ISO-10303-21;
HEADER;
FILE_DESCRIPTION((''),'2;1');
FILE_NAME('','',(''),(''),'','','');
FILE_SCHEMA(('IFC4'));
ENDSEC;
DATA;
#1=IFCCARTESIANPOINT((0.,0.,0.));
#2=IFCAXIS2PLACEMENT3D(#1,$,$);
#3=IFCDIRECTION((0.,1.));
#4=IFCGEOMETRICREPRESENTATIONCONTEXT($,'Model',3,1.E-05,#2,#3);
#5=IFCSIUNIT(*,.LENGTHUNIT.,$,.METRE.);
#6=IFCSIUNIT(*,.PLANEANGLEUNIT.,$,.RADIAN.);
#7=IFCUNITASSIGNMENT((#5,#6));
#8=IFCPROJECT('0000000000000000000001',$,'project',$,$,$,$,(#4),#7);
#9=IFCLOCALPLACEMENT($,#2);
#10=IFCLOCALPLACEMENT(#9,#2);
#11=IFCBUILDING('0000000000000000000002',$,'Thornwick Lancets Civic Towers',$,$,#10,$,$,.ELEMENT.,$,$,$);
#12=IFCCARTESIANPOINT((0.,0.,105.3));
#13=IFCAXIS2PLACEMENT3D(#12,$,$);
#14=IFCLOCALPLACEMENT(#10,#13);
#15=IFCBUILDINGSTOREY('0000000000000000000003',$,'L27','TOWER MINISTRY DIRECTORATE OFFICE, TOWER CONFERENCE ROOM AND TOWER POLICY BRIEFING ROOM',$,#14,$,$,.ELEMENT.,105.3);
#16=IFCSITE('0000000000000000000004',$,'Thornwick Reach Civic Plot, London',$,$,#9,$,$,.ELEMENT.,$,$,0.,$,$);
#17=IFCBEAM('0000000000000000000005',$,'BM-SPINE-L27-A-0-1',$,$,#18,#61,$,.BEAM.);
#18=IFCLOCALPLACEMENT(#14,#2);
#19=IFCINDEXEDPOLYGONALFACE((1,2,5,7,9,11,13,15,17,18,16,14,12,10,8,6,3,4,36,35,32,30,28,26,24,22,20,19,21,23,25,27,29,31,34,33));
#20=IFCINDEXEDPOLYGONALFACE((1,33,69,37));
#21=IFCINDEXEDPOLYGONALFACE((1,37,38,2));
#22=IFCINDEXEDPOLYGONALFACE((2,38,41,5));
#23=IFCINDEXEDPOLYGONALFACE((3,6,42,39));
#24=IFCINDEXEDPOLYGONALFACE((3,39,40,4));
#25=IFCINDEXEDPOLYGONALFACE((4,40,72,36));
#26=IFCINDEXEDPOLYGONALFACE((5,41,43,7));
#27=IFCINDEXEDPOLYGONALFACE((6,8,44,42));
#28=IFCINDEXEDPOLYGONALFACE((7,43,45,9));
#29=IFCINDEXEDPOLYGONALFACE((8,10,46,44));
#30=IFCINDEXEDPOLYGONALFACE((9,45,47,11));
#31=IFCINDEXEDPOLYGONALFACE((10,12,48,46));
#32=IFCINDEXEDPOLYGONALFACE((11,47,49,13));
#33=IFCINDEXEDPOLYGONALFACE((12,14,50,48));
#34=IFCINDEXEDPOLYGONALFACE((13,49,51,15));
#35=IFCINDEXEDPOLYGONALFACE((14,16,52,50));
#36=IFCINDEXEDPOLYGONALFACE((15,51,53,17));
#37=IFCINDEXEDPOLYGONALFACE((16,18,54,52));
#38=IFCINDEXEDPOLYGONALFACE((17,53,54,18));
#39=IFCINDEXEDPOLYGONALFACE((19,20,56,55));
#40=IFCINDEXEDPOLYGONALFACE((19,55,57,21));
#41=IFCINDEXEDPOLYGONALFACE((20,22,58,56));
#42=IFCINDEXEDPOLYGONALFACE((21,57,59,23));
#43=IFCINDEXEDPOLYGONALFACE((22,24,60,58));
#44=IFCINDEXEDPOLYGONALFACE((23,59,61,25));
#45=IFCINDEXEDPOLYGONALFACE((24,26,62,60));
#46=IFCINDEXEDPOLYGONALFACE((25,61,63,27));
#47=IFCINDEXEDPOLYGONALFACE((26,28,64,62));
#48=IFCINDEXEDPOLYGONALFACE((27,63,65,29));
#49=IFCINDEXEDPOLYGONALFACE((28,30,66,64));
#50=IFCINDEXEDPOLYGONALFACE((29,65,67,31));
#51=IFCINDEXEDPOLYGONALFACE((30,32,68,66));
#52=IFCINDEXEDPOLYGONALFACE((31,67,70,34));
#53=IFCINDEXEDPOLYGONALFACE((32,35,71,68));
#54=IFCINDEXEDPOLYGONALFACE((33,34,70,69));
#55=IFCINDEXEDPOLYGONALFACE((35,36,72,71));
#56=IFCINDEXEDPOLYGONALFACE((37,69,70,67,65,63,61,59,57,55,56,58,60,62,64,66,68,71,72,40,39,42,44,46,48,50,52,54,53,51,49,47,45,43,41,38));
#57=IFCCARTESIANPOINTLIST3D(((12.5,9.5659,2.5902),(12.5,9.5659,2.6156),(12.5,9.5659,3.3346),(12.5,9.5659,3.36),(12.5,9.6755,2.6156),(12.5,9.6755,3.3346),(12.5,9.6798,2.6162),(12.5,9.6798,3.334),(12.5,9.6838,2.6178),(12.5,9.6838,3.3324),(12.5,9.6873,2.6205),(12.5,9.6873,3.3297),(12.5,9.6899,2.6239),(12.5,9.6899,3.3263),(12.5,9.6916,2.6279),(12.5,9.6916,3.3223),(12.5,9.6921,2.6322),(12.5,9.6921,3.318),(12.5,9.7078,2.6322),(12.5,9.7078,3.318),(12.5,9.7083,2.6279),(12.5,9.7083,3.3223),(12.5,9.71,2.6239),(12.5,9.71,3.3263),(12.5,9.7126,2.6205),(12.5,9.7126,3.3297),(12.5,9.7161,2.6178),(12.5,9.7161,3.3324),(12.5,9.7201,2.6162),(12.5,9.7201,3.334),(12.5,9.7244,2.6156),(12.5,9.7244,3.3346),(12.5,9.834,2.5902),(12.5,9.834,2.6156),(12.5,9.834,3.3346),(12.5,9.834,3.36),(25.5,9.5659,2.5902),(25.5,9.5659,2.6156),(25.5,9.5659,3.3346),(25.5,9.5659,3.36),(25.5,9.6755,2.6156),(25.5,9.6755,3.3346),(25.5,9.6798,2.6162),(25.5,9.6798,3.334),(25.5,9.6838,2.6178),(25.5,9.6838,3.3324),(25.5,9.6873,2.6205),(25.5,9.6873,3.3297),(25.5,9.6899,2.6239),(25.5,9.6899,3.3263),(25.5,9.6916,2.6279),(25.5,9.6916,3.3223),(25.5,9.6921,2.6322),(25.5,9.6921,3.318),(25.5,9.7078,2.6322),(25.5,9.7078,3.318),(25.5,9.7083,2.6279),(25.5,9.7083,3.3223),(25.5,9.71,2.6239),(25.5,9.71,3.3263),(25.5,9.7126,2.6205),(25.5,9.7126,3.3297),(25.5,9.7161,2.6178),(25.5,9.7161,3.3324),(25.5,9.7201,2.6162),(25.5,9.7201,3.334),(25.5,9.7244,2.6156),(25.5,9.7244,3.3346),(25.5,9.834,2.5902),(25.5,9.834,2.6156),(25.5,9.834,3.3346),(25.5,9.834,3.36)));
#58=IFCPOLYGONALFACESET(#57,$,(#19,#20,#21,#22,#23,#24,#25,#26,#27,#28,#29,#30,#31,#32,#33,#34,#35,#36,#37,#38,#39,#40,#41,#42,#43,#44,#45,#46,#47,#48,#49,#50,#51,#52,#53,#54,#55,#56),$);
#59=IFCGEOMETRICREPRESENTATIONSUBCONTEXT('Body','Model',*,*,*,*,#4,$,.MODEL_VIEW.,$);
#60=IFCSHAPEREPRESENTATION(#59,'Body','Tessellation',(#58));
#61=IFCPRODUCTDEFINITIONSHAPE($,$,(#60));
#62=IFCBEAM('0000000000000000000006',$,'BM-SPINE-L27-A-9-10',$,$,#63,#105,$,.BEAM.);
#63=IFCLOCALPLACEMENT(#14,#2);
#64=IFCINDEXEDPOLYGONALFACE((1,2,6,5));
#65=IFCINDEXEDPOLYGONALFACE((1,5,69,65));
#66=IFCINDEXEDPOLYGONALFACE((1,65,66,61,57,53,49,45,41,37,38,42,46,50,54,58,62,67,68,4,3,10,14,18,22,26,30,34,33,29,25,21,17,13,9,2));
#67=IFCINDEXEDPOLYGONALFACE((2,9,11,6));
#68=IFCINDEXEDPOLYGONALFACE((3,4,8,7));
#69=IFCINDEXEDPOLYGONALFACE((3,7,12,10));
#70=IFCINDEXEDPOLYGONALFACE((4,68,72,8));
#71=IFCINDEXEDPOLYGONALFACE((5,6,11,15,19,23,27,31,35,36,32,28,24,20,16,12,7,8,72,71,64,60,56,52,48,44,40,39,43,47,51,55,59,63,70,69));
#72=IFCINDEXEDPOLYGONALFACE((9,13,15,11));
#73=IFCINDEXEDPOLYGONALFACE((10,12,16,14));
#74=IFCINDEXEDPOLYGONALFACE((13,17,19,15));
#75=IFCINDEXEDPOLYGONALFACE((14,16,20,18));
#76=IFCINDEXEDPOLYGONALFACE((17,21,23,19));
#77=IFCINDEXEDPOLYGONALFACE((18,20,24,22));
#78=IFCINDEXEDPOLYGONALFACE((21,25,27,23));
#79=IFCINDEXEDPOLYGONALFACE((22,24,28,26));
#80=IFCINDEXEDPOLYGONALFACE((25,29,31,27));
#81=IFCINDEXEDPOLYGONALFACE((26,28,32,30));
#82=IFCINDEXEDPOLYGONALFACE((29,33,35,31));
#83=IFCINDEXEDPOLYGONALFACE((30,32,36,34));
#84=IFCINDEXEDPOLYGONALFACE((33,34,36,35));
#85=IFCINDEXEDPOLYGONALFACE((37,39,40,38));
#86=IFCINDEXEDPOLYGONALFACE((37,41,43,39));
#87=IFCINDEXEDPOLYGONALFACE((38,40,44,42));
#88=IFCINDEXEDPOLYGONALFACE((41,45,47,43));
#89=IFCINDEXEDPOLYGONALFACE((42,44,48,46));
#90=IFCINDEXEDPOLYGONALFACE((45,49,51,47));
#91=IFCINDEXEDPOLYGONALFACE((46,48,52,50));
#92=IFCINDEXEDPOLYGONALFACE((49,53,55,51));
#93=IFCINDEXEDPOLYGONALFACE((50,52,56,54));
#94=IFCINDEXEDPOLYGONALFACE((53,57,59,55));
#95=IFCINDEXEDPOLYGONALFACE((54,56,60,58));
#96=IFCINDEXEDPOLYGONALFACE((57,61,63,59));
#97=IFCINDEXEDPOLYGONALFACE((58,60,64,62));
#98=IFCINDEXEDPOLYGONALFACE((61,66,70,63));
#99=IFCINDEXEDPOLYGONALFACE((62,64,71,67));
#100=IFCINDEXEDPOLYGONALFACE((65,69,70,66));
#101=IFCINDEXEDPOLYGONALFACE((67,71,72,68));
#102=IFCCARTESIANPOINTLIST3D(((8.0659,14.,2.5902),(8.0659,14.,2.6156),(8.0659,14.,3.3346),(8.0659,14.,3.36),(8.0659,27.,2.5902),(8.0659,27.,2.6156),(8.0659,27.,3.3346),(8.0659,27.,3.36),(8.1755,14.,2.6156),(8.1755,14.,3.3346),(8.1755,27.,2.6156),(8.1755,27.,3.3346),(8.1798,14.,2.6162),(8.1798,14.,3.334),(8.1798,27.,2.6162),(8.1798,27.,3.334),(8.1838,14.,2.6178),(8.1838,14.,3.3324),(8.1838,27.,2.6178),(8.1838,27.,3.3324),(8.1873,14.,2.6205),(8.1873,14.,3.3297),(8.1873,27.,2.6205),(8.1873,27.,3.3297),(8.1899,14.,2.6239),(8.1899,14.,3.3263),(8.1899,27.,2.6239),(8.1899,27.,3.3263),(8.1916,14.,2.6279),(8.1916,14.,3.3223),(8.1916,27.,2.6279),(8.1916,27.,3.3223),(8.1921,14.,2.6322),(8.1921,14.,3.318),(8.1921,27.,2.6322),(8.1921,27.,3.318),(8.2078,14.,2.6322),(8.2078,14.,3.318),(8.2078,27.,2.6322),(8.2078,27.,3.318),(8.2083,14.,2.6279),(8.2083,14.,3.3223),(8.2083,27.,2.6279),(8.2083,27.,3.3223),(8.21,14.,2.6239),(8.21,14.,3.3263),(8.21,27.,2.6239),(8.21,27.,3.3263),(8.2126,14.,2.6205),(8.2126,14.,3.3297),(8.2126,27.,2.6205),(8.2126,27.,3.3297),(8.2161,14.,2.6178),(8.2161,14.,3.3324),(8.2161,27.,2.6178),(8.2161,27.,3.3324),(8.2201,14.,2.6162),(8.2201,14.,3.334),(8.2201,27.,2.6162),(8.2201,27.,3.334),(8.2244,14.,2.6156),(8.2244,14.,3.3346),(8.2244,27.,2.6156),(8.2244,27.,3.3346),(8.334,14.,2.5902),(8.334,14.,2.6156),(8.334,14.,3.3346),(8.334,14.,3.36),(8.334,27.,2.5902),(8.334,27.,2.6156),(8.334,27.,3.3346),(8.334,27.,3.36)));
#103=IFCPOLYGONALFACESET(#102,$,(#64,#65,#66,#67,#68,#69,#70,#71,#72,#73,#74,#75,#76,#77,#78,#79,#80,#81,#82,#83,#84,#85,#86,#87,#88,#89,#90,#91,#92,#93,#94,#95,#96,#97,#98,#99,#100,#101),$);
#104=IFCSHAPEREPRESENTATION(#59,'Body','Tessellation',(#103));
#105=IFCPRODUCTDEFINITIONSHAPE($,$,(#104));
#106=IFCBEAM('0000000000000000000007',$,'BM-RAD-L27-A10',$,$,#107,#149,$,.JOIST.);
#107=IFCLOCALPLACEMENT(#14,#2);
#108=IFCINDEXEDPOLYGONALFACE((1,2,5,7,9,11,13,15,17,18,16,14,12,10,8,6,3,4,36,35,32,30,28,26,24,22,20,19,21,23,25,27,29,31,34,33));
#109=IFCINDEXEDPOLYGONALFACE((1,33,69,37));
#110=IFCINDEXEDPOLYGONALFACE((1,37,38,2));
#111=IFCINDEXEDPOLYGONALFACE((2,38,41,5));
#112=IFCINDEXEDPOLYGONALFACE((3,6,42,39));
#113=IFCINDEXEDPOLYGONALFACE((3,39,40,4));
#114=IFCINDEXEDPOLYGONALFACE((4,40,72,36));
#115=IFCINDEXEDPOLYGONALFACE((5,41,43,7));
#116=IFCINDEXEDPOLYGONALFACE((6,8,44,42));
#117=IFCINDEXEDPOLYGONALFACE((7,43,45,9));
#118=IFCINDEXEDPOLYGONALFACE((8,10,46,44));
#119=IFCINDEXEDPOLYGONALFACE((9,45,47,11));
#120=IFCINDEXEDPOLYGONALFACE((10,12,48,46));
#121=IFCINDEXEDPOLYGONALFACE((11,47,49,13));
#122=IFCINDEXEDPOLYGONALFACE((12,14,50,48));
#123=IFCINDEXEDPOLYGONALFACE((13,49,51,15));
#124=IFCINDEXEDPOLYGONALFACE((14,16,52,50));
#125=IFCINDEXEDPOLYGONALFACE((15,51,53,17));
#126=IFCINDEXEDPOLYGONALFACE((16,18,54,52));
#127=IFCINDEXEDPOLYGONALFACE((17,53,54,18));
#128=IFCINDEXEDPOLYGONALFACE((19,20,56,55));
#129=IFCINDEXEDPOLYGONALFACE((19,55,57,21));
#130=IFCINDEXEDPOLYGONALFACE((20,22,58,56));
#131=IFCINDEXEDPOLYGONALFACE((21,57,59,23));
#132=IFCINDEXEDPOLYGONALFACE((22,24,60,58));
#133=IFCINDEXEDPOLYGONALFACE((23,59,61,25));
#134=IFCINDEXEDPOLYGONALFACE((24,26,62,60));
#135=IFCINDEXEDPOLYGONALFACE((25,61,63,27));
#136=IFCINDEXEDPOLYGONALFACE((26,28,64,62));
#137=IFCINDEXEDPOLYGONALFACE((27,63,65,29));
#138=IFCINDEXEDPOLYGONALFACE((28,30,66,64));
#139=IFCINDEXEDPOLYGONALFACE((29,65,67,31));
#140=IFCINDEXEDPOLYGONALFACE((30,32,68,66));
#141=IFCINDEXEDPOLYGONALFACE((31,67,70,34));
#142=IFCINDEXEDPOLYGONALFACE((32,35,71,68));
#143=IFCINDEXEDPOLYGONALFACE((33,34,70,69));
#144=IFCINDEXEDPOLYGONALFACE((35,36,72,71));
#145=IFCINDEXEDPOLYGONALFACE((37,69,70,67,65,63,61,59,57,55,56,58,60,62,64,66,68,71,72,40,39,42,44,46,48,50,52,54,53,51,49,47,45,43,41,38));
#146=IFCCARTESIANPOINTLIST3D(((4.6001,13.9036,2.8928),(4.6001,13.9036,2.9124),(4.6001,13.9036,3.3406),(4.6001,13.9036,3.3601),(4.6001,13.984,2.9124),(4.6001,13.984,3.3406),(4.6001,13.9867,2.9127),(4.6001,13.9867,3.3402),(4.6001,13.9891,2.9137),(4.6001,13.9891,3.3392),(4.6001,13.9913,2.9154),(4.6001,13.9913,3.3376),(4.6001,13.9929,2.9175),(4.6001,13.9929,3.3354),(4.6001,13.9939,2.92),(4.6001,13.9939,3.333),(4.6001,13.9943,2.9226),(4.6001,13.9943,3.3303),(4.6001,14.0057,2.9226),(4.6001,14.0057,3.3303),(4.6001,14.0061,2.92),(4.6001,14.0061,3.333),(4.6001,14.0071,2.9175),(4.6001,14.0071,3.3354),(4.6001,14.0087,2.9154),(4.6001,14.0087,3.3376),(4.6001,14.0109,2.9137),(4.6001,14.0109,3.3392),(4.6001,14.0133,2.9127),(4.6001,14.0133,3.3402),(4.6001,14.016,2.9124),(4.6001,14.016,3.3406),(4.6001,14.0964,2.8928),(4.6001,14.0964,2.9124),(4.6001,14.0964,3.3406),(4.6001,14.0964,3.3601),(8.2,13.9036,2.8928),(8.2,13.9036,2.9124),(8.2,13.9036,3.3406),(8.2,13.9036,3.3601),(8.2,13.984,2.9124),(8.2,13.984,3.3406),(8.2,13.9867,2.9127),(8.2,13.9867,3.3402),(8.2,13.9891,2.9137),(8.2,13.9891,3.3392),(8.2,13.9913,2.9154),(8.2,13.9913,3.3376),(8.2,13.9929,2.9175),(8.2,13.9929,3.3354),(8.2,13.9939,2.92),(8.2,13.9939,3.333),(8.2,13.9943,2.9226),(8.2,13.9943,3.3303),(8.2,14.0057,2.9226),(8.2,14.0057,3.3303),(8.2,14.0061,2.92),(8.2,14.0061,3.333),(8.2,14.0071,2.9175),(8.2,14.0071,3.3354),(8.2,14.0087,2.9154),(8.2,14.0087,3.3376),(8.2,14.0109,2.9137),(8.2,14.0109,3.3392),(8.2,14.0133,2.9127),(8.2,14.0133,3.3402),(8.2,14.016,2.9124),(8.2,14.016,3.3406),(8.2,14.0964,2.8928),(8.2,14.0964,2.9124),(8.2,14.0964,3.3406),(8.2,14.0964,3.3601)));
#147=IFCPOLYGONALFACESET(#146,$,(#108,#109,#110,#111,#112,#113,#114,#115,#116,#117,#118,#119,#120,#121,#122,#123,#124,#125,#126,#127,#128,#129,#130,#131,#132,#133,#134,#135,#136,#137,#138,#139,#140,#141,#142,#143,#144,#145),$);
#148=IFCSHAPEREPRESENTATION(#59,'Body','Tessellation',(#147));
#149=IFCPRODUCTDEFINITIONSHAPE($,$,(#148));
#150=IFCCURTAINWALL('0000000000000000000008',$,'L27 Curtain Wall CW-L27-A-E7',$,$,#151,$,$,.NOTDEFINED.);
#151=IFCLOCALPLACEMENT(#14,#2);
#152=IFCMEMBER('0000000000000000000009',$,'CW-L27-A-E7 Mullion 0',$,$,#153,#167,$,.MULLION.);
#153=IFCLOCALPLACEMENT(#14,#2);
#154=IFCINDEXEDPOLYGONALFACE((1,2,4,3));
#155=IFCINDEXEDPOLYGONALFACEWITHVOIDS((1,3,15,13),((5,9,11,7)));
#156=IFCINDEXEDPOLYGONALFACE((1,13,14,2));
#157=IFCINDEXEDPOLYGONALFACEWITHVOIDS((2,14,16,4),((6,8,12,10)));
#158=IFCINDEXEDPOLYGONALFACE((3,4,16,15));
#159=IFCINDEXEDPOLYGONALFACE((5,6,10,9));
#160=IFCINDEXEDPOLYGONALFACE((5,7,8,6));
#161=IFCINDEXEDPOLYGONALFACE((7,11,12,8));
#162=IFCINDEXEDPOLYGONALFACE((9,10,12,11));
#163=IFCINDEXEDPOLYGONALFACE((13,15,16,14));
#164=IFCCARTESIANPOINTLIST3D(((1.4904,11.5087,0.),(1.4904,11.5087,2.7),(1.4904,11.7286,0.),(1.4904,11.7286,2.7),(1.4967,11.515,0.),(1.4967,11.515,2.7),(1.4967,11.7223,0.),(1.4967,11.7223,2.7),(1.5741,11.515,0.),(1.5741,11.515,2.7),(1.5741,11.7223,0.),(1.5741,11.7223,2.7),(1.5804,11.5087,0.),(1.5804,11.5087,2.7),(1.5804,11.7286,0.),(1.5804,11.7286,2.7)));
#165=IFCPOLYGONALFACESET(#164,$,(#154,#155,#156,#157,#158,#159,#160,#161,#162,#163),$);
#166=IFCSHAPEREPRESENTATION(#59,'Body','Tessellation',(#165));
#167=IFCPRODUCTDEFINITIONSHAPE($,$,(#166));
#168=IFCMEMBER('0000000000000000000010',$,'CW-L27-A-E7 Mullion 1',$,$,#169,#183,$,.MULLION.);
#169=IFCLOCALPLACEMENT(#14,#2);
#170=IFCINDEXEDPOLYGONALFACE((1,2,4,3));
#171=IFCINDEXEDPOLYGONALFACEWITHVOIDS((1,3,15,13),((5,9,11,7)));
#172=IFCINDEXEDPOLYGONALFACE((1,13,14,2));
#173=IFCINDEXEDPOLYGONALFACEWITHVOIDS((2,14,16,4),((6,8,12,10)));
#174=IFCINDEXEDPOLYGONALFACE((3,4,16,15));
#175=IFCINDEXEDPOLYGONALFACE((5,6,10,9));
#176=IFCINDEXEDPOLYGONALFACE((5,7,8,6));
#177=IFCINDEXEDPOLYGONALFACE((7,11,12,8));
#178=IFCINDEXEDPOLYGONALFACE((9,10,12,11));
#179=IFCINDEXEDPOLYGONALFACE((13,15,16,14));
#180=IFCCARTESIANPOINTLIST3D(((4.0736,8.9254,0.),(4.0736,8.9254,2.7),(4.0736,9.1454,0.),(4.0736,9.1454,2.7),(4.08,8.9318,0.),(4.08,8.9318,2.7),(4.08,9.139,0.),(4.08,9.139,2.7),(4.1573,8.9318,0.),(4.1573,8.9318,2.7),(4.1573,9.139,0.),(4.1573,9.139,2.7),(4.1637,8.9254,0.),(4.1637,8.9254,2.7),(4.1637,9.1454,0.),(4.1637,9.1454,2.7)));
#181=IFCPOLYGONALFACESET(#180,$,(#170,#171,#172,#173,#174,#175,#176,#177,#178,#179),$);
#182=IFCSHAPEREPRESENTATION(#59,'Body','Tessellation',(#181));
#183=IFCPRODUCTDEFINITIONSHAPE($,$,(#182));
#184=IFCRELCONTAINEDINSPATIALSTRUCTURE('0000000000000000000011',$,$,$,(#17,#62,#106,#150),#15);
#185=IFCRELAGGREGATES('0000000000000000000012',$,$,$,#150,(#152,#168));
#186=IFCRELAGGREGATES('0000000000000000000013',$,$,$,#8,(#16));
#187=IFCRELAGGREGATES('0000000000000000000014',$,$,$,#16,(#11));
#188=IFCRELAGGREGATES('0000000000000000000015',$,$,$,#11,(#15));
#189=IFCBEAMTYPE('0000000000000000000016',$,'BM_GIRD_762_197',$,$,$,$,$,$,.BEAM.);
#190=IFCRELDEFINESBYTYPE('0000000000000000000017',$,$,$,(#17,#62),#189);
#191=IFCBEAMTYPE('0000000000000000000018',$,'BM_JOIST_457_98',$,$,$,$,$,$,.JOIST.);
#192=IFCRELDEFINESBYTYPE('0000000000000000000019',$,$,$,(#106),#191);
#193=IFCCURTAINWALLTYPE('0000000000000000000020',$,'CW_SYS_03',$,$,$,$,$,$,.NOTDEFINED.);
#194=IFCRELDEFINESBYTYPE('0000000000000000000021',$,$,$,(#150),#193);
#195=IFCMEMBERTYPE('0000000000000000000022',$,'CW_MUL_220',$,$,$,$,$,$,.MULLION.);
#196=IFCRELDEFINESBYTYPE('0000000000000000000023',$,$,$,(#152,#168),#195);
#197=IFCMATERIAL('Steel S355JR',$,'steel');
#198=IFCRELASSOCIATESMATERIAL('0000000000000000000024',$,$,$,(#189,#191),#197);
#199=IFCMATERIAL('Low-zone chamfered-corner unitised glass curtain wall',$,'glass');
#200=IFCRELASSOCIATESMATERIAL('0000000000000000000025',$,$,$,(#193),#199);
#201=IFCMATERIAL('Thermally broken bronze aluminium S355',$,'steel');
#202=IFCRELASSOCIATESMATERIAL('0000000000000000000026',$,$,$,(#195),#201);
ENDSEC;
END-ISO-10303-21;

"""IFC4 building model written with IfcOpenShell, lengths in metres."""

from ifc_helpers import new_model, si_unit, direction, frame, origin, origin_2d, place, context, subcontext, project, spatial, hollow_rectangle, i_section, extrude, material, material_profile, profile_set, type_object, element, aggregate, save


model = new_model("IFC4")

# Units and contexts
model_context = context("Model", 3, precision=1e-05, world=origin(), true_north=direction((0.0, 1.0)))
body_context = subcontext(model_context, "Body", "Model", "MODEL_VIEW")
ifc_project = project(units=[si_unit("LENGTHUNIT", "METRE"), si_unit("PLANEANGLEUNIT", "RADIAN")], contexts=[model_context])

# Site, building, storey
site_placement = place(None, origin())
site = spatial("IfcSite", under=ifc_project, at=site_placement, Name="Thornwick Reach Civic Plot, London", CompositionType="ELEMENT", RefElevation=0.0)
building_placement = place(site_placement, origin())
building = spatial("IfcBuilding", under=site, at=building_placement, Name="Thornwick Lancets Civic Towers", CompositionType="ELEMENT")
storey_placement = place(building_placement, frame((0.0, 0.0, 105.3)))
storey = spatial("IfcBuildingStorey", under=building, at=storey_placement, Name="L27", Description="TOWER MINISTRY DIRECTORATE OFFICE, TOWER CONFERENCE ROOM AND TOWER POLICY BRIEFING ROOM", CompositionType="ELEMENT", Elevation=105.3)

# Beams
ifc_material_1 = material(Name="Steel S355JR", Category="steel")
ifc_material_profile_1 = material_profile(ifc_material_1, i_section(OverallWidth=0.2681, OverallDepth=0.7698, WebThickness=0.0156, FlangeThickness=0.0254, FilletRadius=0.0166, at=origin_2d()), Name="UKB 762x267x197")
ifc_profile_set_1 = profile_set([ifc_material_profile_1], Name="Steel S355JR")
beam_type_1 = type_object("IfcBeamType", Name="BM_GIRD_762_197", PredefinedType="BEAM", material=ifc_profile_set_1)
for number, where, z_axis, x_axis, name in (
    (1, (12.5, 9.7, 2.9751), (1.0, 0.0, 0.0), (0.0, 1.0, 0.0), "BM-SPINE-L27-A-0-1"),
    (2, (8.2, 14.0, 2.9751), (0.0, 1.0, 0.0), (-1.0, 0.0, 0.0), "BM-SPINE-L27-A-9-10"),
):
    element("IfcBeam", number, at=place(storey_placement, frame(where, z_axis=z_axis, x_axis=x_axis)), inside=storey, type_object=beam_type_1, Name=name, PredefinedType="BEAM", context=body_context, shape_type="SweptSolid", body=[
        extrude(i_section(OverallWidth=0.2681, OverallDepth=0.7698, WebThickness=0.0156, FlangeThickness=0.0254, FilletRadius=0.0166, at=origin_2d()), origin(), (0.0, 0.0, 1.0), 13.0),
    ])
ifc_material_profile_2 = material_profile(ifc_material_1, i_section(OverallWidth=0.1929, OverallDepth=0.4673, WebThickness=0.0115, FlangeThickness=0.0195, FilletRadius=0.0103, at=origin_2d()), Name="UKB 457x191x98")
ifc_profile_set_2 = profile_set([ifc_material_profile_2], Name="Steel S355JR")
beam_type_2 = type_object("IfcBeamType", Name="BM_JOIST_457_98", PredefinedType="JOIST", material=ifc_profile_set_2)
beam_1_placement = place(storey_placement, frame((8.2, 14.0, 3.1265), z_axis=(-1.0, 0.0, 0.0), x_axis=(0.0, -1.0, 0.0)))
element("IfcBeam", 3, at=beam_1_placement, inside=storey, type_object=beam_type_2, Name="BM-RAD-L27-A10", PredefinedType="JOIST", context=body_context, shape_type="SweptSolid", body=[
    extrude(i_section(OverallWidth=0.1929, OverallDepth=0.4673, WebThickness=0.0115, FlangeThickness=0.0195, FilletRadius=0.0103, at=origin_2d()), origin(), (0.0, 0.0, 1.0), 3.5999),
])

# Curtain wall, members
ifc_material_2 = material(Name="Low-zone chamfered-corner unitised glass curtain wall", Category="glass")
curtain_wall_type = type_object("IfcCurtainWallType", Name="CW_SYS_03", PredefinedType="NOTDEFINED", material=ifc_material_2)
curtain_wall_placement = place(storey_placement, origin())
curtain_wall = element("IfcCurtainWall", 4, at=curtain_wall_placement, inside=storey, type_object=curtain_wall_type, Name="L27 Curtain Wall CW-L27-A-E7", PredefinedType="NOTDEFINED")
ifc_material_3 = material(Name="Thermally broken bronze aluminium S355", Category="steel")
ifc_material_profile_3 = material_profile(ifc_material_3, hollow_rectangle(XDim=0.0901, YDim=0.22, WallThickness=0.0063, at=origin_2d()), Name="RHS 220x90x6.3")
ifc_profile_set_3 = profile_set([ifc_material_profile_3], Name="Thermally broken bronze aluminium S355")
member_type_1 = type_object("IfcMemberType", Name="CW_MUL_220", PredefinedType="MULLION", material=ifc_profile_set_3)
member_1_placement = place(storey_placement, frame((1.5354, 11.6187, 0.0), z_axis=(0.0, 0.0, 1.0), x_axis=(1.0, 0.0, 0.0)))
member_1 = element("IfcMember", 5, at=member_1_placement, type_object=member_type_1, Name="CW-L27-A-E7 Mullion 0", PredefinedType="MULLION", context=body_context, shape_type="SweptSolid", body=[
    extrude(hollow_rectangle(XDim=0.0901, YDim=0.22, WallThickness=0.0063, at=origin_2d()), origin(), (0.0, 0.0, 1.0), 2.7),
])
member_2_placement = place(storey_placement, frame((4.1187, 9.0354, 0.0), z_axis=(0.0, 0.0, 1.0), x_axis=(1.0, 0.0, 0.0)))
member_2 = element("IfcMember", 6, at=member_2_placement, type_object=member_type_1, Name="CW-L27-A-E7 Mullion 1", PredefinedType="MULLION", context=body_context, shape_type="SweptSolid", body=[
    extrude(hollow_rectangle(XDim=0.0901, YDim=0.22, WallThickness=0.0063, at=origin_2d()), origin(), (0.0, 0.0, 1.0), 2.7),
])
aggregate(curtain_wall, [member_1, member_2])

save(model, "model.ifc")
